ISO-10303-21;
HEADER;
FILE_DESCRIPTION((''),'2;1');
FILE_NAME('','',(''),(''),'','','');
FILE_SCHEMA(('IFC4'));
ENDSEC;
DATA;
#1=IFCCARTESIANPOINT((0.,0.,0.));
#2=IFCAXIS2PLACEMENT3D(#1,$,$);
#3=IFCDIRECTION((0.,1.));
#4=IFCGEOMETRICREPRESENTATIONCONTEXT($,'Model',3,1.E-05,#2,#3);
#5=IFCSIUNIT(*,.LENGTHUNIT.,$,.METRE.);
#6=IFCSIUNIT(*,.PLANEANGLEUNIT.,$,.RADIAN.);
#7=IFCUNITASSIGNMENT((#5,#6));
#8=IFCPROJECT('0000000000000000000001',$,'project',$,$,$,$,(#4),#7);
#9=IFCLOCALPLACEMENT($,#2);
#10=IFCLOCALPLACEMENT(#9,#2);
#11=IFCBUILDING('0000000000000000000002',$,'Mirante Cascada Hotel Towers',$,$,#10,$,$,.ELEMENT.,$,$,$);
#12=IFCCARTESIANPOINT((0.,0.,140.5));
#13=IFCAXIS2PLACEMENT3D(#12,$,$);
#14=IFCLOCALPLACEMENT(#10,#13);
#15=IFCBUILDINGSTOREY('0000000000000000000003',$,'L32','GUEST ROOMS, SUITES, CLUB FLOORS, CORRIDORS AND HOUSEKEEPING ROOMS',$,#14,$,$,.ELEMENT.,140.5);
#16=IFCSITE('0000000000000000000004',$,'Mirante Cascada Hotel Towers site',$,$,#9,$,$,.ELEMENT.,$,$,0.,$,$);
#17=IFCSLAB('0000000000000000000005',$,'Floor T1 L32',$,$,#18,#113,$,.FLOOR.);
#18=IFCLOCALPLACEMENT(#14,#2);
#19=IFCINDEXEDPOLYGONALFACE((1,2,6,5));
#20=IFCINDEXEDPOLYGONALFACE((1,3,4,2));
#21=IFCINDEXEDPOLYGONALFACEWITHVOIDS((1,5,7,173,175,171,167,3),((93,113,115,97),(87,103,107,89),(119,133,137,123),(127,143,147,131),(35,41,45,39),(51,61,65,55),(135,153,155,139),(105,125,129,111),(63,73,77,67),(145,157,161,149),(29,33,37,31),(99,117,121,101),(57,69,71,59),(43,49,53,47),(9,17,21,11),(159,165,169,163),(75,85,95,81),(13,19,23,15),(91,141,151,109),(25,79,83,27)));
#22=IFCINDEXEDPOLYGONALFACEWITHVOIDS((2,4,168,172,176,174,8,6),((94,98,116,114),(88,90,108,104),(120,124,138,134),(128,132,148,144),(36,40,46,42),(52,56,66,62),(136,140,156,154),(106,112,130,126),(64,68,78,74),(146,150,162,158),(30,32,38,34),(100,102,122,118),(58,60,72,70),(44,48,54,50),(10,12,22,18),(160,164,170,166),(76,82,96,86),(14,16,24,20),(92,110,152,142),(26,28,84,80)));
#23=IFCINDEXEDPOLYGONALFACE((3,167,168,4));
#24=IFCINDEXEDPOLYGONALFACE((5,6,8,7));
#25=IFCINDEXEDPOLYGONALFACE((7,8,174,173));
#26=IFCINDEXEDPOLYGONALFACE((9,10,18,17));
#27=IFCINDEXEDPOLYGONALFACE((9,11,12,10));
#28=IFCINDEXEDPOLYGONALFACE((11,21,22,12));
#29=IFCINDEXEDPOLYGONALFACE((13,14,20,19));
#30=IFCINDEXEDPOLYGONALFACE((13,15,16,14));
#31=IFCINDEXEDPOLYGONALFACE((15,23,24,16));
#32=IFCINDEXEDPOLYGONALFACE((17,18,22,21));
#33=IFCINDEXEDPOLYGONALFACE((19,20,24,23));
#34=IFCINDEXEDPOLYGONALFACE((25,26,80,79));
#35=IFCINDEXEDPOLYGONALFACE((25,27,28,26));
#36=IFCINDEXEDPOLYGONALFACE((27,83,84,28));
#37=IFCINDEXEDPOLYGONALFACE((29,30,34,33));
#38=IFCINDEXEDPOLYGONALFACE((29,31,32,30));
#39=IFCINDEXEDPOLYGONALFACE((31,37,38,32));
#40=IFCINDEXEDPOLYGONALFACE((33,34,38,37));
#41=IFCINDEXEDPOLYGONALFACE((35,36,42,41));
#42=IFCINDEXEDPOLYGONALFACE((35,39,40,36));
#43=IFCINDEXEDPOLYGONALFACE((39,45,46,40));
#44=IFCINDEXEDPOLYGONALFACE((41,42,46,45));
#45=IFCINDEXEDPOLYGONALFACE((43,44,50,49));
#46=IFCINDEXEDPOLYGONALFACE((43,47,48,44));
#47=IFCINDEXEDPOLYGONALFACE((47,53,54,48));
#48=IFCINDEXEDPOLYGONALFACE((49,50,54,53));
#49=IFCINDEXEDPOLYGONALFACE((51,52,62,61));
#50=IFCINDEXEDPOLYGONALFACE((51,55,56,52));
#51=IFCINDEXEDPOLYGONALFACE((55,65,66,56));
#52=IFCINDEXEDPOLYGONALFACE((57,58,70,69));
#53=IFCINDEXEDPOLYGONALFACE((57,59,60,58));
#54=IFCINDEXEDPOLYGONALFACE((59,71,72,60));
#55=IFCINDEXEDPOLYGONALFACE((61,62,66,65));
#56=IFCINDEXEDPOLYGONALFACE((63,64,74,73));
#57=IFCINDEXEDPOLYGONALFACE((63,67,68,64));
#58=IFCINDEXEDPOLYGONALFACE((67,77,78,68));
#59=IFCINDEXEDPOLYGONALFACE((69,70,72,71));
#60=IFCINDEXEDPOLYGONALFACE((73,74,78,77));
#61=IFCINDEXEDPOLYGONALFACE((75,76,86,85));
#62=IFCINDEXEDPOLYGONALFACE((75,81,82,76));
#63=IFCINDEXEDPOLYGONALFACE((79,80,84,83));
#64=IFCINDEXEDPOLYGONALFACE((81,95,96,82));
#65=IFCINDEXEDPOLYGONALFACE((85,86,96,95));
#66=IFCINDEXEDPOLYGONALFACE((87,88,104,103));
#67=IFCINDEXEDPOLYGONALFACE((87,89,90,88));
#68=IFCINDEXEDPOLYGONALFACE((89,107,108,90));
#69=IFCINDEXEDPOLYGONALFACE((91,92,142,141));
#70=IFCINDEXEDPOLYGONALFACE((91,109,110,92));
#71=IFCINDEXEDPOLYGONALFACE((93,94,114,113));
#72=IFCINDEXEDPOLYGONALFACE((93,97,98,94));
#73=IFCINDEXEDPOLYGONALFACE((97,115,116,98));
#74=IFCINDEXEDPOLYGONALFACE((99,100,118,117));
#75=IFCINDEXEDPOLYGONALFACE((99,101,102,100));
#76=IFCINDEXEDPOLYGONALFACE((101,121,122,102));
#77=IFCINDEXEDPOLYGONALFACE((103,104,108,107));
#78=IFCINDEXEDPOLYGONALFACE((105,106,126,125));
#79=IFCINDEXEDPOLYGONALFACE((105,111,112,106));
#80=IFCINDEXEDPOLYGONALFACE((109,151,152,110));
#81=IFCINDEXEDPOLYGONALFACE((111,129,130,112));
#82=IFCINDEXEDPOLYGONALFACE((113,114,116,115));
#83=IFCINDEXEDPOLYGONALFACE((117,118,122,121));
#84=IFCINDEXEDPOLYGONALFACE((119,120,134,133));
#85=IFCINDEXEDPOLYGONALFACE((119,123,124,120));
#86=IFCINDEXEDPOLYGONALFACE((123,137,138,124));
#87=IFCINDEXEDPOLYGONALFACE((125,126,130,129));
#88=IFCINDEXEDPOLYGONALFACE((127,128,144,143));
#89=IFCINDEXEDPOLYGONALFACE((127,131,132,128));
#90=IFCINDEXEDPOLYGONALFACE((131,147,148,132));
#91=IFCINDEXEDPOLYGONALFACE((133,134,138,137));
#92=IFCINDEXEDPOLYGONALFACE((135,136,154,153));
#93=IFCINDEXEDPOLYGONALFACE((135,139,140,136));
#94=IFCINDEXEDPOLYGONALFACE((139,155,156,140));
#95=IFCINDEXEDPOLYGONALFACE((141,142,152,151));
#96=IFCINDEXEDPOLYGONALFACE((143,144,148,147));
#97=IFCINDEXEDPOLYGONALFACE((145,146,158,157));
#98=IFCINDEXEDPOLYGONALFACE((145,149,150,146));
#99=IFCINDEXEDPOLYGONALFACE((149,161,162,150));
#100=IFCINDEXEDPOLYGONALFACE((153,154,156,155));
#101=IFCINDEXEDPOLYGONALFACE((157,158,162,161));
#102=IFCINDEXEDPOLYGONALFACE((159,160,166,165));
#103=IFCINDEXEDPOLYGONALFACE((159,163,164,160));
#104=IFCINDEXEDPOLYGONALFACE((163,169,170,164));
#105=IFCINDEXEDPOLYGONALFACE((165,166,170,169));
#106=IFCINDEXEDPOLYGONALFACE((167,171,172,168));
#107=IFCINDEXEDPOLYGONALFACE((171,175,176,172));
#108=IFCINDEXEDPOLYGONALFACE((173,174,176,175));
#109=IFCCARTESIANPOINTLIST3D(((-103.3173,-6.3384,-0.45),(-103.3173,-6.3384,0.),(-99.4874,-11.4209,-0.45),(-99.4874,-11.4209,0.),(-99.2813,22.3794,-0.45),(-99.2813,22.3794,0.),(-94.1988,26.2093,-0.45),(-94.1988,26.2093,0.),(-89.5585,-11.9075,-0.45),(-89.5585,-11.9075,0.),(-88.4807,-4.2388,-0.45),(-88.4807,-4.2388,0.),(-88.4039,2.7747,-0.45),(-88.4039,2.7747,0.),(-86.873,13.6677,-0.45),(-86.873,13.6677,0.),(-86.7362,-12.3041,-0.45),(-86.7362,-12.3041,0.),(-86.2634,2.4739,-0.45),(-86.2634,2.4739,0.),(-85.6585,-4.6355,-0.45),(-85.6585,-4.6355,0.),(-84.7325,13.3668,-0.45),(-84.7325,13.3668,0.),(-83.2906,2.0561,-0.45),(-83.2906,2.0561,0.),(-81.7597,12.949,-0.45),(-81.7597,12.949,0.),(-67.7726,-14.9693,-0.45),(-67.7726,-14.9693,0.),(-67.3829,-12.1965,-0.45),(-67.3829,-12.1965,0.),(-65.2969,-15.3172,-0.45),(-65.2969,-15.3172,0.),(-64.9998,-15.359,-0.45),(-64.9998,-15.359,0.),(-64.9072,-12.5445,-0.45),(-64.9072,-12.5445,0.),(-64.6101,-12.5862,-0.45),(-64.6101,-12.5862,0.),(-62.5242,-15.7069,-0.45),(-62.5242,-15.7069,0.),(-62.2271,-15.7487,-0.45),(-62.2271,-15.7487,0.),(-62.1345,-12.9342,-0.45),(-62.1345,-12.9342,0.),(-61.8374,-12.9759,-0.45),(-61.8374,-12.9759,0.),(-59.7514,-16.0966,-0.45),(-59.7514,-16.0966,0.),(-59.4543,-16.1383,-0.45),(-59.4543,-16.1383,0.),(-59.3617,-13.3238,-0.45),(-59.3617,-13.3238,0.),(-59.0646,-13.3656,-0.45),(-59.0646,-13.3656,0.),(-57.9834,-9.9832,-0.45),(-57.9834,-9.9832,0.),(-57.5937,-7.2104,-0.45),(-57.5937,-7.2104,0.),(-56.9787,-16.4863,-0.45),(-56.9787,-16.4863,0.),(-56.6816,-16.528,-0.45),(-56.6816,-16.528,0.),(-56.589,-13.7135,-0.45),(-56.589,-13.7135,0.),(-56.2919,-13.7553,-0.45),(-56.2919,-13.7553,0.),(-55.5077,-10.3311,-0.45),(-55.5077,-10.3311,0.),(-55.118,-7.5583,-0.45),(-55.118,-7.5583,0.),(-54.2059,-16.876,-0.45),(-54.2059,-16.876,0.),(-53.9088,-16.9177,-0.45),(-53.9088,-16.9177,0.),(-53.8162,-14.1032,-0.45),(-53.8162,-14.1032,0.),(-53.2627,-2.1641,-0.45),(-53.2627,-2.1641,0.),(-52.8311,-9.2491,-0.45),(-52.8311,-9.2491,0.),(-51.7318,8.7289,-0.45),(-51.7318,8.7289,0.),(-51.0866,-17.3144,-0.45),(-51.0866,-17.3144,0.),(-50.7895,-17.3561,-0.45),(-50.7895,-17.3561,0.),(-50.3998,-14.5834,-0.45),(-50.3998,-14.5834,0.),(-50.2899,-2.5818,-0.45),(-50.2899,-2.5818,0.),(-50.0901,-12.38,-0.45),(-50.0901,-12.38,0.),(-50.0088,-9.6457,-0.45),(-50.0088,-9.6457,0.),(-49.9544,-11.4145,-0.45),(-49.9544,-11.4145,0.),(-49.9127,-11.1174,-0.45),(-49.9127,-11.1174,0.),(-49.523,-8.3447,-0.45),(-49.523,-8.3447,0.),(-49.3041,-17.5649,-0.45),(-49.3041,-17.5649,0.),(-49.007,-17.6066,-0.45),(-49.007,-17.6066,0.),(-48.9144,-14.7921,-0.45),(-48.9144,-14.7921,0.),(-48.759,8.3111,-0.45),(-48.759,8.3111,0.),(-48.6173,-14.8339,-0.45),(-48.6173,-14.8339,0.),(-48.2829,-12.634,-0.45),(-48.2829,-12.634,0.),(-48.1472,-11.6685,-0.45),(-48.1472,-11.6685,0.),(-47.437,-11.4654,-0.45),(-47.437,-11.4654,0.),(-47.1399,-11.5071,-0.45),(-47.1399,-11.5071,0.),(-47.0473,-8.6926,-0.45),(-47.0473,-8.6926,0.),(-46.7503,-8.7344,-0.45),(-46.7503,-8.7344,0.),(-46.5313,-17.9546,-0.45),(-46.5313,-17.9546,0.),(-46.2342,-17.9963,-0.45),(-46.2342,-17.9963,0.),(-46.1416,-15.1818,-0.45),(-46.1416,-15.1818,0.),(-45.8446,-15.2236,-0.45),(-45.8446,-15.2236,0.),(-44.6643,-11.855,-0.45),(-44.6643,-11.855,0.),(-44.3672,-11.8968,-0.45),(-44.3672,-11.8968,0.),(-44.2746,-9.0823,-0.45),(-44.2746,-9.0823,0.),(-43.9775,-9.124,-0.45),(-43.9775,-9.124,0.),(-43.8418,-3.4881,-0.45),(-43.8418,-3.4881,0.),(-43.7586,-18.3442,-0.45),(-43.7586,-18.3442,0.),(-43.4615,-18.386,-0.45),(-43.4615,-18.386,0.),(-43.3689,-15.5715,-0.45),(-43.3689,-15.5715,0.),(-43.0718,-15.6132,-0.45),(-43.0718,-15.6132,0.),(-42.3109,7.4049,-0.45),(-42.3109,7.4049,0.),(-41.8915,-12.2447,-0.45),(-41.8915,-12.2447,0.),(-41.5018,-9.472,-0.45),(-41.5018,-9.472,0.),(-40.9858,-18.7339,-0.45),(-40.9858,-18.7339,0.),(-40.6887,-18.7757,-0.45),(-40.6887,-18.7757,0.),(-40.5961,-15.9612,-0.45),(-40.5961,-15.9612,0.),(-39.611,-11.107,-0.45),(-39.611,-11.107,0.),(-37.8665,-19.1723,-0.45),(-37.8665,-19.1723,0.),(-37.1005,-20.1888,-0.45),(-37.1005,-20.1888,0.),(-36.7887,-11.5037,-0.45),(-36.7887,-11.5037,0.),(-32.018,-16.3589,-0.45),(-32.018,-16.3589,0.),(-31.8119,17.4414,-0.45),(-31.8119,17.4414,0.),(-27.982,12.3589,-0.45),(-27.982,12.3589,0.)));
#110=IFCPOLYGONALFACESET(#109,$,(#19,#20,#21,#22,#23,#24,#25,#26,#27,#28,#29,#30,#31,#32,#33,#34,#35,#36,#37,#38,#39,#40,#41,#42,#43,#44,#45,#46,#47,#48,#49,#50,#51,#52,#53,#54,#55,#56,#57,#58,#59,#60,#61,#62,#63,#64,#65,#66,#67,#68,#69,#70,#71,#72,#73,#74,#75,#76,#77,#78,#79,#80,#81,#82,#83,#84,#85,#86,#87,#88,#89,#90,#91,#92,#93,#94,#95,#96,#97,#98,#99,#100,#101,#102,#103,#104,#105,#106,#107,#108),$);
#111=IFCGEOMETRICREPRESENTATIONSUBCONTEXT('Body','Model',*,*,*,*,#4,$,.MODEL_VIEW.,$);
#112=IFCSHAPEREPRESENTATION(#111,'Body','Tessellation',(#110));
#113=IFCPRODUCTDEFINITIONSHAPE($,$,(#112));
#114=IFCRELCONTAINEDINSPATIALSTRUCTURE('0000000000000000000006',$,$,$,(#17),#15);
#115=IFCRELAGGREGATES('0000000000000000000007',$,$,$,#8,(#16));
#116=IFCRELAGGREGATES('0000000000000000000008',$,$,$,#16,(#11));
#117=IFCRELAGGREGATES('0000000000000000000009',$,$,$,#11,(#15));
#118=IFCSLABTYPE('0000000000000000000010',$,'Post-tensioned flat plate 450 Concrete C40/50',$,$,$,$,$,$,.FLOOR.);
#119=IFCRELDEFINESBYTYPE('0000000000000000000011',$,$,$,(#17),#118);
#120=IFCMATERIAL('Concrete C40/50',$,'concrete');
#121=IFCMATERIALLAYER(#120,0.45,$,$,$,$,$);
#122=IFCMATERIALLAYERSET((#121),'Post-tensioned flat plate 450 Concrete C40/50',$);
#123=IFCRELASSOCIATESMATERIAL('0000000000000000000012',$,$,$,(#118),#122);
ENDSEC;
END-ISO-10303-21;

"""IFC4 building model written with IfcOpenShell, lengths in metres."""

from ifc_helpers import new_model, si_unit, direction, frame, origin, place, context, subcontext, project, spatial, polyline, outline, extrude, material, layer, layer_set, type_object, element, save


model = new_model("IFC4")

# Units and contexts
model_context = context("Model", 3, precision=1e-05, world=origin(), true_north=direction((0.0, 1.0)))
body_context = subcontext(model_context, "Body", "Model", "MODEL_VIEW")
ifc_project = project(units=[si_unit("LENGTHUNIT", "METRE"), si_unit("PLANEANGLEUNIT", "RADIAN")], contexts=[model_context])

# Site, building, storey
site_placement = place(None, origin())
site = spatial("IfcSite", under=ifc_project, at=site_placement, Name="Mirante Cascada Hotel Towers site", CompositionType="ELEMENT", RefElevation=0.0)
building_placement = place(site_placement, origin())
building = spatial("IfcBuilding", under=site, at=building_placement, Name="Mirante Cascada Hotel Towers", CompositionType="ELEMENT")
storey_placement = place(building_placement, frame((0.0, 0.0, 140.5)))
storey = spatial("IfcBuildingStorey", under=building, at=storey_placement, Name="L32", Description="GUEST ROOMS, SUITES, CLUB FLOORS, CORRIDORS AND HOUSEKEEPING ROOMS", CompositionType="ELEMENT", Elevation=140.5)

# Slab
ifc_material_1 = material(Name="Concrete C40/50", Category="concrete")
ifc_layer_1 = layer(ifc_material_1, 0.45)
ifc_layer_set_1 = layer_set([ifc_layer_1], Name="Post-tensioned flat plate 450 Concrete C40/50")
slab_type = type_object("IfcSlabType", Name="Post-tensioned flat plate 450 Concrete C40/50", PredefinedType="FLOOR", material=ifc_layer_set_1)
slab_1_placement = place(storey_placement, frame((0.0, 0.0, -0.45)))
element("IfcSlab", 1, at=slab_1_placement, inside=storey, type_object=slab_type, Name="Floor T1 L32", PredefinedType="FLOOR", context=body_context, shape_type="SweptSolid", body=[
    extrude(outline(polyline([(-32.018, -16.3589), (-27.982, 12.3589), (-31.8119, 17.4414), (-94.1988, 26.2093), (-99.2813, 22.3794), (-103.3173, -6.3384), (-99.4874, -11.4209), (-37.1005, -20.1888), (-32.018, -16.3589)]), holes=[polyline([(-43.0718, -15.6132), (-40.5961, -15.9612), (-40.9858, -18.7339), (-43.4615, -18.386), (-43.0718, -15.6132)]), polyline([(-45.8446, -15.2236), (-43.3689, -15.5715), (-43.7586, -18.3442), (-46.2342, -17.9963), (-45.8446, -15.2236)]), polyline([(-48.6173, -14.8339), (-46.1416, -15.1818), (-46.5313, -17.9546), (-49.007, -17.6066), (-48.6173, -14.8339)]), polyline([(-50.3998, -14.5834), (-48.9144, -14.7921), (-49.3041, -17.5649), (-50.7895, -17.3561), (-50.3998, -14.5834)]), polyline([(-36.7887, -11.5037), (-37.8665, -19.1723), (-40.6887, -18.7757), (-39.611, -11.107), (-36.7887, -11.5037)]), polyline([(-49.9544, -11.4145), (-48.1472, -11.6685), (-48.2829, -12.634), (-50.0901, -12.38), (-49.9544, -11.4145)]), polyline([(-43.9775, -9.124), (-41.5018, -9.472), (-41.8915, -12.2447), (-44.3672, -11.8968), (-43.9775, -9.124)]), polyline([(-47.1399, -11.5071), (-46.7503, -8.7344), (-44.2746, -9.0823), (-44.6643, -11.855), (-47.1399, -11.5071)]), polyline([(-49.9127, -11.1174), (-49.523, -8.3447), (-47.0473, -8.6926), (-47.437, -11.4654), (-49.9127, -11.1174)]), polyline([(-56.2919, -13.7553), (-53.8162, -14.1032), (-54.2059, -16.876), (-56.6816, -16.528), (-56.2919, -13.7553)]), polyline([(-59.0646, -13.3656), (-56.589, -13.7135), (-56.9787, -16.4863), (-59.4543, -16.1383), (-59.0646, -13.3656)]), polyline([(-61.8374, -12.9759), (-59.3617, -13.3238), (-59.7514, -16.0966), (-62.2271, -15.7487), (-61.8374, -12.9759)]), polyline([(-64.6101, -12.5862), (-62.1345, -12.9342), (-62.5242, -15.7069), (-64.9998, -15.359), (-64.6101, -12.5862)]), polyline([(-67.3829, -12.1965), (-64.9072, -12.5445), (-65.2969, -15.3172), (-67.7726, -14.9693), (-67.3829, -12.1965)]), polyline([(-50.0088, -9.6457), (-51.0866, -17.3144), (-53.9088, -16.9177), (-52.8311, -9.2491), (-50.0088, -9.6457)]), polyline([(-85.6585, -4.6355), (-86.7362, -12.3041), (-89.5585, -11.9075), (-88.4807, -4.2388), (-85.6585, -4.6355)]), polyline([(-57.9834, -9.9832), (-57.5937, -7.2104), (-55.118, -7.5583), (-55.5077, -10.3311), (-57.9834, -9.9832)]), polyline([(-86.873, 13.6677), (-84.7325, 13.3668), (-84.7325, 13.3668), (-86.2634, 2.4739), (-86.2634, 2.4739), (-88.4039, 2.7747), (-86.873, 13.6677)]), polyline([(-51.7318, 8.7289), (-53.2627, -2.1641), (-53.2627, -2.1641), (-83.2906, 2.0561), (-83.2906, 2.0561), (-81.7597, 12.949), (-81.7597, 12.949), (-51.7318, 8.7289)]), polyline([(-42.3109, 7.4049), (-43.8418, -3.4881), (-50.2899, -2.5818), (-50.2899, -2.5818), (-48.759, 8.3111), (-42.3109, 7.4049)])]), origin(), (0.0, 0.0, 1.0), 0.45),
])

save(model, "model.ifc")
